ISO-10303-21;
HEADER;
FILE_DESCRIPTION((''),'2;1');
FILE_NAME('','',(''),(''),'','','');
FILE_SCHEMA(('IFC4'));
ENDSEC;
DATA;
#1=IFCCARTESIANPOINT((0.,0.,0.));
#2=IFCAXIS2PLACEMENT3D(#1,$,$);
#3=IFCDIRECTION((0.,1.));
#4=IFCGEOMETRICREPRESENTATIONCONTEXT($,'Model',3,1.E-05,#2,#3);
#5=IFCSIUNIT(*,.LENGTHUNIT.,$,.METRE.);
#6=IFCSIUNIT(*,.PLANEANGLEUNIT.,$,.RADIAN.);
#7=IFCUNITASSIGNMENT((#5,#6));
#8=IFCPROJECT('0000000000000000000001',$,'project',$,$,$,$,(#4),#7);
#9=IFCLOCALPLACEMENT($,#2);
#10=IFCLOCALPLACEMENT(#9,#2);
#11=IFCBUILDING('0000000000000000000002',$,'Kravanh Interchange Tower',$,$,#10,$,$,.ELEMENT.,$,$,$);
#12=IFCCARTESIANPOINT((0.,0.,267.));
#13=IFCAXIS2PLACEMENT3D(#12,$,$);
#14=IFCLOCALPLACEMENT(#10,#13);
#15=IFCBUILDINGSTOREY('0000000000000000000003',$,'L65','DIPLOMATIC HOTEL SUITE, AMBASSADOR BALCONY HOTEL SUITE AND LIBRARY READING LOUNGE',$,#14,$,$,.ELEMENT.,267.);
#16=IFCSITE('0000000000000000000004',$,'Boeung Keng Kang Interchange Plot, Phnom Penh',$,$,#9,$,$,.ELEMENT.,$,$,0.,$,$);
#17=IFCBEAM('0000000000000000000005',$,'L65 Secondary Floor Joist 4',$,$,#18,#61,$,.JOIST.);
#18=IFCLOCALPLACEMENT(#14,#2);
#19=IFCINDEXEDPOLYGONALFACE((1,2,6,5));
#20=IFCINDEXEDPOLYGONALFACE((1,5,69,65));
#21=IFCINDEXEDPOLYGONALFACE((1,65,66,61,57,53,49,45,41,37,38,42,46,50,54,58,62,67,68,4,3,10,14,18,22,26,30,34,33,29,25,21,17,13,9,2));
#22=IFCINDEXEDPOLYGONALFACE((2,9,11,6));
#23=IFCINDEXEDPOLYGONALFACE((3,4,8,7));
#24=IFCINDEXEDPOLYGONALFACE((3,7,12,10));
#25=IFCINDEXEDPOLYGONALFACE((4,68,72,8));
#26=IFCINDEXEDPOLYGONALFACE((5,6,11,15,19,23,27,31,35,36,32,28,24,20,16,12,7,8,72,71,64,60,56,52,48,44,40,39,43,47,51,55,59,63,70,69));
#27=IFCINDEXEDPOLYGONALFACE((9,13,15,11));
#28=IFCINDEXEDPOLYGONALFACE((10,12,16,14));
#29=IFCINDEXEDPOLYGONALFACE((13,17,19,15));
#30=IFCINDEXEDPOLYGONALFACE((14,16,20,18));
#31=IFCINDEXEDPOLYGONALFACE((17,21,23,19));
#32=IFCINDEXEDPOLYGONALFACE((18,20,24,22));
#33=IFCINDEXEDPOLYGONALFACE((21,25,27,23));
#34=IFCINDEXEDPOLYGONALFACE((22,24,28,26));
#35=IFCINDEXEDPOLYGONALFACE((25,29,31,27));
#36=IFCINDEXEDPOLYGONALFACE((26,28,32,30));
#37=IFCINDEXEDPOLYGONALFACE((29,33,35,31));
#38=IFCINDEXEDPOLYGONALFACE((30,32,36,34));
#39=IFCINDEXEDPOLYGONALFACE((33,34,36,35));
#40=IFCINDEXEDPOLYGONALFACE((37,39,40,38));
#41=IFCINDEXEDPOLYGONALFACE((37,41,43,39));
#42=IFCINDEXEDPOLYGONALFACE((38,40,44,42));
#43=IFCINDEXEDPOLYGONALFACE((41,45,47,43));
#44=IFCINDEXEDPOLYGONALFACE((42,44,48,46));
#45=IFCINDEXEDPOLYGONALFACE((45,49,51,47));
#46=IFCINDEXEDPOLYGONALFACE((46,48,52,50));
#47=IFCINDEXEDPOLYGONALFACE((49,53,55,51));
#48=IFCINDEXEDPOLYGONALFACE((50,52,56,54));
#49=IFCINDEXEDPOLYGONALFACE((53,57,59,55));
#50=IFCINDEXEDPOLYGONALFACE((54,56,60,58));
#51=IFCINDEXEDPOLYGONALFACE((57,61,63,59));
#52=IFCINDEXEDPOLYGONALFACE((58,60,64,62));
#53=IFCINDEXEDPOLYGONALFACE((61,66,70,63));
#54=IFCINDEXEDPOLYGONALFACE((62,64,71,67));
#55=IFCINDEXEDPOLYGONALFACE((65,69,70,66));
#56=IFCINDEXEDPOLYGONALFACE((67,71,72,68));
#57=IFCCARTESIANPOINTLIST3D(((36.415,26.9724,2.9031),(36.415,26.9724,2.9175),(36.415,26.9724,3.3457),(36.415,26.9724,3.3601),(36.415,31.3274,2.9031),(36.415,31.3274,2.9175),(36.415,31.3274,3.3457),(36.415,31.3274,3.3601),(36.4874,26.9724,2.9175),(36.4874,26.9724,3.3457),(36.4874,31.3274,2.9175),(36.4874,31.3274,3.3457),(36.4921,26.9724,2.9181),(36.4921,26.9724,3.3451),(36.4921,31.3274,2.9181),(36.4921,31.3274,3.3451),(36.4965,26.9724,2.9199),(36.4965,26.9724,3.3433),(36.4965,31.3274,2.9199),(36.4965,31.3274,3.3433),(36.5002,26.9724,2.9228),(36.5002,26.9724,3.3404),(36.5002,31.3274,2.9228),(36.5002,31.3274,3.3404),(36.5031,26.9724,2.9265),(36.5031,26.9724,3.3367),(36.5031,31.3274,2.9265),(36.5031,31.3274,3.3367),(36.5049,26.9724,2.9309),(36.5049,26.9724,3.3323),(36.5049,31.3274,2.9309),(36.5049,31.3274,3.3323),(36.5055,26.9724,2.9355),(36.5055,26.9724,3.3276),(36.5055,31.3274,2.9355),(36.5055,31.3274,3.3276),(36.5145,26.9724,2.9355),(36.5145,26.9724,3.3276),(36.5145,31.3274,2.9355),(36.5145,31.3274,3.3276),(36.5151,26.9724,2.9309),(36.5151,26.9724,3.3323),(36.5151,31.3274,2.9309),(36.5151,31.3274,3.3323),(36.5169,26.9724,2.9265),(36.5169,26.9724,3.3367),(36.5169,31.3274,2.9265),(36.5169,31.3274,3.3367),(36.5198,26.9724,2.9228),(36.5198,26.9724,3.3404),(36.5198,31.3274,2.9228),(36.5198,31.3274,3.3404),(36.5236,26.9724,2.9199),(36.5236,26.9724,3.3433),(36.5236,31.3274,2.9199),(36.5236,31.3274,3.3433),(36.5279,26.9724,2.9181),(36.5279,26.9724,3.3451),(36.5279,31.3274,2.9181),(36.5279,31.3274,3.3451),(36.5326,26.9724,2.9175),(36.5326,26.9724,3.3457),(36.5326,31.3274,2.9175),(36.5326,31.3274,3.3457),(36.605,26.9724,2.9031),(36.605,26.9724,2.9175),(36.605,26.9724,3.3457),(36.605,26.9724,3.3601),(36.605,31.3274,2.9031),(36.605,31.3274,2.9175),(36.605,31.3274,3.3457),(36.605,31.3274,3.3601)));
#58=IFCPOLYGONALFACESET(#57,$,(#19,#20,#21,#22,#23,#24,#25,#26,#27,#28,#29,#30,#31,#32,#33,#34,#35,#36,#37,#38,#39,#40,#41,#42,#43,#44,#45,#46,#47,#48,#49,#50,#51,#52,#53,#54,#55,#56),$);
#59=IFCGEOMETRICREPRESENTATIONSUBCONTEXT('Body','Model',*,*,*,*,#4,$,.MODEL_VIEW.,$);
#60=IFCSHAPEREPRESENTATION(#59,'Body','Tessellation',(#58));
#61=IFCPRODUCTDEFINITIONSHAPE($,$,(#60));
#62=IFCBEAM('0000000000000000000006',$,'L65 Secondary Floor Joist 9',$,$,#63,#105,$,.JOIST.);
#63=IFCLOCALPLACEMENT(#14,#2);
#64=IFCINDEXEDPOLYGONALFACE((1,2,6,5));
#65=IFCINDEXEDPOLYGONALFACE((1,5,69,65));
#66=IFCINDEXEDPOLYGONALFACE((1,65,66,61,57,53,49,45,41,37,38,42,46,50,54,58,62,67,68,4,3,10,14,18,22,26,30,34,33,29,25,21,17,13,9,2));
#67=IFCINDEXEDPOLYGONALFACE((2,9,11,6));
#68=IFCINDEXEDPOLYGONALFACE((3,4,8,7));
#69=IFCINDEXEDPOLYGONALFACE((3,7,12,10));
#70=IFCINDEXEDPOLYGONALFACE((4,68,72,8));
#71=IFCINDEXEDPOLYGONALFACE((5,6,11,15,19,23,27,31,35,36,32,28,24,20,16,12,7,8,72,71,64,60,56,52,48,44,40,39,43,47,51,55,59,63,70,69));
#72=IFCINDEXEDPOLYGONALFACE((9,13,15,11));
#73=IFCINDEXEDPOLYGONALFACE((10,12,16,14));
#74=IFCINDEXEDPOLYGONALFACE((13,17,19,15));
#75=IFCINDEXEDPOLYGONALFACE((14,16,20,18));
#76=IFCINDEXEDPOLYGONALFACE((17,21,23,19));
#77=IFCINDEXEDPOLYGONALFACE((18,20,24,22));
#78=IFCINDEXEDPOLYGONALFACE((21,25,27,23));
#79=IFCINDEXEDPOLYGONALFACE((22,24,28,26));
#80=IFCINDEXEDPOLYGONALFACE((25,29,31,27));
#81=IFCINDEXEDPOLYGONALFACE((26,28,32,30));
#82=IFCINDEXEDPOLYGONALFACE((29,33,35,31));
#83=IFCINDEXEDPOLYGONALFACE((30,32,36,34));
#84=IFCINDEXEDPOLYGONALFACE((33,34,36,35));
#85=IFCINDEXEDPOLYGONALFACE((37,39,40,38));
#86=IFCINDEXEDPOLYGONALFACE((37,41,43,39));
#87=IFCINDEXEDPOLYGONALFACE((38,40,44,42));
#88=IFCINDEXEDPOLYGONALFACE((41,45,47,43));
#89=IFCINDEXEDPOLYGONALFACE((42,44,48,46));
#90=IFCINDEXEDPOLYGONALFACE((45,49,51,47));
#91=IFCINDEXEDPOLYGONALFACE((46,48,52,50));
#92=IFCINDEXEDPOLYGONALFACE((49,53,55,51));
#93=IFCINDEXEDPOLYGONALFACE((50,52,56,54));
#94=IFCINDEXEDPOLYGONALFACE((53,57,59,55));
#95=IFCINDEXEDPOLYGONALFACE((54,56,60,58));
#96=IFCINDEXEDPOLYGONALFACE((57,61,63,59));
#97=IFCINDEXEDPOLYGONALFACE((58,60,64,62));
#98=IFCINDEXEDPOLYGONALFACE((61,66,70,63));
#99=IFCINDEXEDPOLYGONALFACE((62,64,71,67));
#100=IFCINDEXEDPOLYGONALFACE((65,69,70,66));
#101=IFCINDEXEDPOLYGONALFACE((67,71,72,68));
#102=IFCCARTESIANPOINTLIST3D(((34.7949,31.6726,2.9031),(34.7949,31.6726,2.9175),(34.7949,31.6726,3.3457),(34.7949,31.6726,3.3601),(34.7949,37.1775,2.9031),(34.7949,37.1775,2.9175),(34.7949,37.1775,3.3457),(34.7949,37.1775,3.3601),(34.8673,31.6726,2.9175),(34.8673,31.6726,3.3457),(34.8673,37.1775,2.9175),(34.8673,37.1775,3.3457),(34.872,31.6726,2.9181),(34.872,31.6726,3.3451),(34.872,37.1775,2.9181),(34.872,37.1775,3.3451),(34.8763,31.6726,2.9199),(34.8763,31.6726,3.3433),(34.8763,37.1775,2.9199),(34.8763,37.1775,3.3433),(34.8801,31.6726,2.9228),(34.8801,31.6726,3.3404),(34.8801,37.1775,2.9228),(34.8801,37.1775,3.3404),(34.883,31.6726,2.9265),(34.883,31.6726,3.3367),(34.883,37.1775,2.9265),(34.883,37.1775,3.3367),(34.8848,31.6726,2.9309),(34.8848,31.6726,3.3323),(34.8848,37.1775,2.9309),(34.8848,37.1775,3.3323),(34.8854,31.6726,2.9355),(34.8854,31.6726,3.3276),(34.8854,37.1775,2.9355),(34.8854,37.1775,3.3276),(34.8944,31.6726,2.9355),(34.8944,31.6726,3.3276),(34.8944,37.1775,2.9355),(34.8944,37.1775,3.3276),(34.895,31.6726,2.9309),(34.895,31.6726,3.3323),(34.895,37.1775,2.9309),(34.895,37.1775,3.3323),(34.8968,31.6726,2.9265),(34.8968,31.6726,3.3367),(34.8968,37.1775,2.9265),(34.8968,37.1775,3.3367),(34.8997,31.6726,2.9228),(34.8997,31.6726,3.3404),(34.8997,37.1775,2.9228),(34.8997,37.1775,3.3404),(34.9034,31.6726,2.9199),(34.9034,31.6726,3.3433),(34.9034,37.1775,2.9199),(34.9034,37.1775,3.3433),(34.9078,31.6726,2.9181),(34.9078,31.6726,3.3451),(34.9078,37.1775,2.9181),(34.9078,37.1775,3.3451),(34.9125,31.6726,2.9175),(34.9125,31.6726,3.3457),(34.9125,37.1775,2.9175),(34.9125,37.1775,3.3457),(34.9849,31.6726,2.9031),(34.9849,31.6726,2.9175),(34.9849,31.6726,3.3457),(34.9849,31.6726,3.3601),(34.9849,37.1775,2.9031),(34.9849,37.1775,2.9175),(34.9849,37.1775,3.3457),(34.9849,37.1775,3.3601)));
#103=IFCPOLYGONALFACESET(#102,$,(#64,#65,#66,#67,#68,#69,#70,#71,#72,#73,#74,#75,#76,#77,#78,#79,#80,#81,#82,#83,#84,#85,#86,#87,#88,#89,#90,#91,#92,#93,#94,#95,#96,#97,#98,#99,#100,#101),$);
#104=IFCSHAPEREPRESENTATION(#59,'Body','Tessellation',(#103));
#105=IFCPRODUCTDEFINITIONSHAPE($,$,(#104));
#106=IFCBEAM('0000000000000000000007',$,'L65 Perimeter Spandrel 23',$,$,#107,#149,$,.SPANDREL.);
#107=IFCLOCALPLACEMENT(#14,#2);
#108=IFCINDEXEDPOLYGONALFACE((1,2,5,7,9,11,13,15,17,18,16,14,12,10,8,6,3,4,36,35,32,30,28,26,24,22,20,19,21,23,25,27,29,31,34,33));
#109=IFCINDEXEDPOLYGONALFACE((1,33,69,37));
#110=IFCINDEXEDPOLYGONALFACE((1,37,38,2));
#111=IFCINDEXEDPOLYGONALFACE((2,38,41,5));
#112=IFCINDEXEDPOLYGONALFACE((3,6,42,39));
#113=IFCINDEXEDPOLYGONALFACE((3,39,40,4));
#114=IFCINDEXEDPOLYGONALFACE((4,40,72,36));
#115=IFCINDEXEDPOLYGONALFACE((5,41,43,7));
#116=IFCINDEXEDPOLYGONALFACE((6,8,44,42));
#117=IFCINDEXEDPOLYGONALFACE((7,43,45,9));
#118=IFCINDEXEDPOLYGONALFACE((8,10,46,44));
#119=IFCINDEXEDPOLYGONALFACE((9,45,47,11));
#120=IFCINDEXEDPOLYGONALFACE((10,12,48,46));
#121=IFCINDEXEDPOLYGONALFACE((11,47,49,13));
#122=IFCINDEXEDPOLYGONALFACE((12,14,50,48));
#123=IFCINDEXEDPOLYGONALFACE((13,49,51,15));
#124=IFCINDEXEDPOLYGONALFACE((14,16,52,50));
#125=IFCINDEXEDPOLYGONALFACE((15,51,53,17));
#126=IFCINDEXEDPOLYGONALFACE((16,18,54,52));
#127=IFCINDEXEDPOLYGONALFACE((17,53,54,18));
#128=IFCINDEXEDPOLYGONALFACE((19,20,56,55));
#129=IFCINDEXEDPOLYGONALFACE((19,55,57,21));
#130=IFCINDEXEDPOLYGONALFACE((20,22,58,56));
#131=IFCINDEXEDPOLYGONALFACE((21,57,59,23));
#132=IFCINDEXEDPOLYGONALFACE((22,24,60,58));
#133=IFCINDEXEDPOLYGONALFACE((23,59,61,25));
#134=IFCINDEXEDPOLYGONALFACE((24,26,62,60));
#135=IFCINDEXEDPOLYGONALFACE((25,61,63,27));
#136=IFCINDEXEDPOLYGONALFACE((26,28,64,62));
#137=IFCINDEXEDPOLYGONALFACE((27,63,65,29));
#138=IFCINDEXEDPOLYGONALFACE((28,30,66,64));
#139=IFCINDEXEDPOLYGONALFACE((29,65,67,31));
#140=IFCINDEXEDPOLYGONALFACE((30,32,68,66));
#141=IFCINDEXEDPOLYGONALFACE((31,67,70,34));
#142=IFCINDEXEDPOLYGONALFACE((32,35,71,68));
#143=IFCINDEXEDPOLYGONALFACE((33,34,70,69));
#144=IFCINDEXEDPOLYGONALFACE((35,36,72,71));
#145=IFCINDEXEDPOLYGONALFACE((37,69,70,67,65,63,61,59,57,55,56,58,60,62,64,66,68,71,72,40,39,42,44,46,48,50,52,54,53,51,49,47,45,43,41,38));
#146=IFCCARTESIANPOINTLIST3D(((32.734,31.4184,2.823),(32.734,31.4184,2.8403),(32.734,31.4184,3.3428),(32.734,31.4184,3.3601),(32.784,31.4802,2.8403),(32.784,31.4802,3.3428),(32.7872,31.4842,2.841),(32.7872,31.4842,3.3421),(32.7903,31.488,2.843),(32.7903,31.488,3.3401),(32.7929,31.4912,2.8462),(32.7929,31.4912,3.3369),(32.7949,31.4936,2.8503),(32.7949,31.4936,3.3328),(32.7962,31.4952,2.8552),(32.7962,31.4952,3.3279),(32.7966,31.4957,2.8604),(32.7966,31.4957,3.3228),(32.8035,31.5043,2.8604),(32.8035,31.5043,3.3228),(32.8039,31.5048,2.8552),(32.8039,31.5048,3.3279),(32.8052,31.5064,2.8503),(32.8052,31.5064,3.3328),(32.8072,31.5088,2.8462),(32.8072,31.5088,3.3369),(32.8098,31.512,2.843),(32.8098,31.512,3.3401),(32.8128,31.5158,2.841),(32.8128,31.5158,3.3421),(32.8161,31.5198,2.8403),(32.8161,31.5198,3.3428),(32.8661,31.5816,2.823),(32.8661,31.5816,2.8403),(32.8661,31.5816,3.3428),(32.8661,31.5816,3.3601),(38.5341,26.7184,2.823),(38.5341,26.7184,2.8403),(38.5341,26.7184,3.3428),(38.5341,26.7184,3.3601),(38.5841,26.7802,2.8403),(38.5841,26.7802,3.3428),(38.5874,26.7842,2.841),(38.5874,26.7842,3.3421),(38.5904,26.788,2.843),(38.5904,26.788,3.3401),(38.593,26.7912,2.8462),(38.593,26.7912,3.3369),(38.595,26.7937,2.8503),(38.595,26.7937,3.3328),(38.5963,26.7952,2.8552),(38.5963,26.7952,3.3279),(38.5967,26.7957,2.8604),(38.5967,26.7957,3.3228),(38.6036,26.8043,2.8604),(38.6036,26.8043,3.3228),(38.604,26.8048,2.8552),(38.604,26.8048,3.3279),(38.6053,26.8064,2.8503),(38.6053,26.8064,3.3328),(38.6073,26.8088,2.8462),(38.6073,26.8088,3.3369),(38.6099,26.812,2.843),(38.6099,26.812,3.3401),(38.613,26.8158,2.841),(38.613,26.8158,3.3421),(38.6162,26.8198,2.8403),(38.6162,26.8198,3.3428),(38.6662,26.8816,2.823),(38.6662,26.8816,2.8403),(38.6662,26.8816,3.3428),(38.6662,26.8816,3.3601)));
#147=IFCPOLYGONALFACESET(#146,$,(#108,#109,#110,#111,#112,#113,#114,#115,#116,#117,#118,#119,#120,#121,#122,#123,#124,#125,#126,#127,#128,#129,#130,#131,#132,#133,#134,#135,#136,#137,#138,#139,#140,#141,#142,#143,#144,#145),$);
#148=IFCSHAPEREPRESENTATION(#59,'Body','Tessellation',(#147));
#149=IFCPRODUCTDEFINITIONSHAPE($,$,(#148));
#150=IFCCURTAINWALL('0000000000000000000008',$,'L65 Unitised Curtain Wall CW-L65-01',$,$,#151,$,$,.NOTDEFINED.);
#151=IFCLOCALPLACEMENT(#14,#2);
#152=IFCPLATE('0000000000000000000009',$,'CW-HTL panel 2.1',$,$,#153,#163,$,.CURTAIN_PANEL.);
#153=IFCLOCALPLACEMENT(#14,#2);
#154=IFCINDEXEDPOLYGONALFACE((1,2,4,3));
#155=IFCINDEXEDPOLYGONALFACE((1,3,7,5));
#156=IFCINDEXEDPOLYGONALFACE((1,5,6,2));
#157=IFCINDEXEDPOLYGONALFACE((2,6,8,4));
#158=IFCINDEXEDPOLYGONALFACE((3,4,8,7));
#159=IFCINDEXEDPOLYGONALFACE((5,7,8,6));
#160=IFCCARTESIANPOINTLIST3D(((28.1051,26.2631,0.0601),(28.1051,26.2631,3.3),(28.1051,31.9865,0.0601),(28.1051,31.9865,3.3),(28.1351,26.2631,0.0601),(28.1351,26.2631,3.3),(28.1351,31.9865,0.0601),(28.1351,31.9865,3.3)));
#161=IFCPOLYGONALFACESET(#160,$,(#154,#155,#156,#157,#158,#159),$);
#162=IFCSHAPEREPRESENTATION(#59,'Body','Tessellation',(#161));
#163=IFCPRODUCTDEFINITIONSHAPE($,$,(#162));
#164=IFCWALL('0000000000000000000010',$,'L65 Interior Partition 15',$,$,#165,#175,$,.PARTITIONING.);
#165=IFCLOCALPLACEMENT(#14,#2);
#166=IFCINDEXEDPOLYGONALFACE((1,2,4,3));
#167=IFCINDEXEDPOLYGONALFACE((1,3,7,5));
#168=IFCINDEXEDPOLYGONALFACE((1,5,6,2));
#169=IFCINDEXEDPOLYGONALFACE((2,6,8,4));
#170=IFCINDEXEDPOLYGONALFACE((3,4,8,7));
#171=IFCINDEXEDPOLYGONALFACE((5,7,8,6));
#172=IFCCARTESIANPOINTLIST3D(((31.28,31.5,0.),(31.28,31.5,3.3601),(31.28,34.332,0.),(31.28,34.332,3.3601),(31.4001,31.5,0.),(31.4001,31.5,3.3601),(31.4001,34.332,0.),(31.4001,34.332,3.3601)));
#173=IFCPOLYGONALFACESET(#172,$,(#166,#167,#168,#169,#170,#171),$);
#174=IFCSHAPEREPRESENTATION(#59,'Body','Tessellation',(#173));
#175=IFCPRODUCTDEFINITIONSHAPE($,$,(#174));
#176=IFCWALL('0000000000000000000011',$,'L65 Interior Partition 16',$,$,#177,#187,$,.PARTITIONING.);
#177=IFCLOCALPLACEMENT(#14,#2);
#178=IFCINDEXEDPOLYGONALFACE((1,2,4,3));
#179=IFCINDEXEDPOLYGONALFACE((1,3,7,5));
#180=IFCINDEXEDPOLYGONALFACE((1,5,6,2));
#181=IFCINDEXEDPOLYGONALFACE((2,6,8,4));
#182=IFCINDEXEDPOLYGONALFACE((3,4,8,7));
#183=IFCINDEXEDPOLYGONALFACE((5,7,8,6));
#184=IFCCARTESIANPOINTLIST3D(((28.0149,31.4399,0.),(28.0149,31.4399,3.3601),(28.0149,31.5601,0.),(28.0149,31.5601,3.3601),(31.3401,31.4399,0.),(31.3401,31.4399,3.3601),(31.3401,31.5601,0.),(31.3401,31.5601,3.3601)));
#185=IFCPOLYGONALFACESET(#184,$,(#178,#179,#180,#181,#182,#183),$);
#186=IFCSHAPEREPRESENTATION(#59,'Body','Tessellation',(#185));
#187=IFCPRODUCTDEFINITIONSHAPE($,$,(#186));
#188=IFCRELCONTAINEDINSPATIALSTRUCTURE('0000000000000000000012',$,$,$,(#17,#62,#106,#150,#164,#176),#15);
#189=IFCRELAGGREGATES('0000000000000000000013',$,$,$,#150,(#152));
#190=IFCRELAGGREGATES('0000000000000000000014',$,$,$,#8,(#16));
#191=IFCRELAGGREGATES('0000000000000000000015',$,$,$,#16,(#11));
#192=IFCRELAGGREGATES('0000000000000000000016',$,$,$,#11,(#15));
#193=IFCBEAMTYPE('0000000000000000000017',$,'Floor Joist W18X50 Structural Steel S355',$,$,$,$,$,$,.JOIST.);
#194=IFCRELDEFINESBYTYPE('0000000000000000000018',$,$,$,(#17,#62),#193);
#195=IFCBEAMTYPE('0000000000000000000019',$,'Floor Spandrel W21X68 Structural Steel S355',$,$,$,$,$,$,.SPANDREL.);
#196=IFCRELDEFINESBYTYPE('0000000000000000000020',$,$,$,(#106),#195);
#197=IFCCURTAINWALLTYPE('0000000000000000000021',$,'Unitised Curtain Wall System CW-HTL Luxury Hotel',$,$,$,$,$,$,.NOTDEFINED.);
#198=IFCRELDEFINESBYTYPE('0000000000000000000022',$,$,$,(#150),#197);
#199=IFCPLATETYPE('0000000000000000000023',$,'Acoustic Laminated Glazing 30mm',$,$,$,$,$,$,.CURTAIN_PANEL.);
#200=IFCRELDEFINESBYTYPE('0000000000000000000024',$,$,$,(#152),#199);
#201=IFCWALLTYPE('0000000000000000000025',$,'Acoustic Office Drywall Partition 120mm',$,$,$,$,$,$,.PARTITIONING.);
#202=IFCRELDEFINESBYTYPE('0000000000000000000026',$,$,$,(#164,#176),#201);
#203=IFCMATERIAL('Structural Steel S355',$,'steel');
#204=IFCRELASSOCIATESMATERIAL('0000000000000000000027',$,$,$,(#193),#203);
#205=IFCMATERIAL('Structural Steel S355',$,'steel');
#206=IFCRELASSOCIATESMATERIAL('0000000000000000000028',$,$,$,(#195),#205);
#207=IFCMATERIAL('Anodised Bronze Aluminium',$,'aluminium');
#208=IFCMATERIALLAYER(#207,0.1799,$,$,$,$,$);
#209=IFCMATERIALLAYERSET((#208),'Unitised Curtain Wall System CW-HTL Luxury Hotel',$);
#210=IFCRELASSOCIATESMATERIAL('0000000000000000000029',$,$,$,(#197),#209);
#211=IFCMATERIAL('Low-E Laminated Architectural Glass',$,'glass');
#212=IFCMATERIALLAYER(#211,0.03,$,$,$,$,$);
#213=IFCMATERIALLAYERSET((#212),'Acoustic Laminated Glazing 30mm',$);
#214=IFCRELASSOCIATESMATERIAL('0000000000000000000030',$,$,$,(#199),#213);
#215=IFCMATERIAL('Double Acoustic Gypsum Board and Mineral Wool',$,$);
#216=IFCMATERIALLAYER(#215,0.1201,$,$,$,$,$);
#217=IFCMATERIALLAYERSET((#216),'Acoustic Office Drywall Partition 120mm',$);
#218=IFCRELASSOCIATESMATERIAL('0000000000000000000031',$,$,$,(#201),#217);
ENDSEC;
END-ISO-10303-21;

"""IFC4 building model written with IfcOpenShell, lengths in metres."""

from ifc_helpers import new_model, si_unit, direction, frame, frame_2d, origin, origin_2d, place, context, subcontext, project, spatial, rectangle, i_section, extrude, material, layer, layer_set, material_profile, profile_set, type_object, element, aggregate, save


model = new_model("IFC4")

# Units and contexts
model_context = context("Model", 3, precision=1e-05, world=origin(), true_north=direction((0.0, 1.0)))
body_context = subcontext(model_context, "Body", "Model", "MODEL_VIEW")
ifc_project = project(units=[si_unit("LENGTHUNIT", "METRE"), si_unit("PLANEANGLEUNIT", "RADIAN")], contexts=[model_context])

# Site, building, storey
site_placement = place(None, origin())
site = spatial("IfcSite", under=ifc_project, at=site_placement, Name="Boeung Keng Kang Interchange Plot, Phnom Penh", CompositionType="ELEMENT", RefElevation=0.0)
building_placement = place(site_placement, origin())
building = spatial("IfcBuilding", under=site, at=building_placement, Name="Kravanh Interchange Tower", CompositionType="ELEMENT")
storey_placement = place(building_placement, frame((0.0, 0.0, 267.0)))
storey = spatial("IfcBuildingStorey", under=building, at=storey_placement, Name="L65", Description="DIPLOMATIC HOTEL SUITE, AMBASSADOR BALCONY HOTEL SUITE AND LIBRARY READING LOUNGE", CompositionType="ELEMENT", Elevation=267.0)

# Beams
ifc_material_1 = material(Name="Structural Steel S355", Category="steel")
ifc_material_profile_1 = material_profile(ifc_material_1, i_section(OverallWidth=0.1899, OverallDepth=0.457, WebThickness=0.009, FlangeThickness=0.0144, FilletRadius=0.0181, at=origin_2d()), Name="W18X50")
ifc_profile_set_1 = profile_set([ifc_material_profile_1], Name="Structural Steel S355")
beam_type_1 = type_object("IfcBeamType", Name="Floor Joist W18X50 Structural Steel S355", PredefinedType="JOIST", material=ifc_profile_set_1)
for number, where, z_axis, x_axis, name in (
    (1, (36.51, 26.9724, 3.1316), (0.0, 1.0, 0.0), (-1.0, 0.0, 0.0), "L65 Secondary Floor Joist 4"),
):
    element("IfcBeam", number, at=place(storey_placement, frame(where, z_axis=z_axis, x_axis=x_axis)), inside=storey, type_object=beam_type_1, Name=name, PredefinedType="JOIST", context=body_context, shape_type="SweptSolid", body=[
        extrude(i_section(OverallWidth=0.1899, OverallDepth=0.457, WebThickness=0.009, FlangeThickness=0.0144, FilletRadius=0.0181, at=origin_2d()), origin(), (0.0, 0.0, 1.0), 4.355),
    ])
beam_1_placement = place(storey_placement, frame((34.8899, 31.6726, 3.1316), z_axis=(0.0, 1.0, 0.0), x_axis=(-1.0, 0.0, 0.0)))
element("IfcBeam", 2, at=beam_1_placement, inside=storey, type_object=beam_type_1, Name="L65 Secondary Floor Joist 9", PredefinedType="JOIST", context=body_context, shape_type="SweptSolid", body=[
    extrude(i_section(OverallWidth=0.1899, OverallDepth=0.457, WebThickness=0.009, FlangeThickness=0.0144, FilletRadius=0.0181, at=origin_2d()), origin(), (0.0, 0.0, 1.0), 5.5049),
])
ifc_material_2 = material(Name="Structural Steel S355", Category="steel")
ifc_material_profile_2 = material_profile(ifc_material_2, i_section(OverallWidth=0.21, OverallDepth=0.5371, WebThickness=0.011, FlangeThickness=0.0173, FilletRadius=0.02, at=origin_2d()), Name="W21X68")
ifc_profile_set_2 = profile_set([ifc_material_profile_2], Name="Structural Steel S355")
beam_type_2 = type_object("IfcBeamType", Name="Floor Spandrel W21X68 Structural Steel S355", PredefinedType="SPANDREL", material=ifc_profile_set_2)
beam_2_placement = place(storey_placement, frame((32.8, 31.5, 3.0916), z_axis=(0.776939, -0.629576, 0.0), x_axis=(0.629576, 0.776939, 0.0)))
element("IfcBeam", 3, at=beam_2_placement, inside=storey, type_object=beam_type_2, Name="L65 Perimeter Spandrel 23", PredefinedType="SPANDREL", context=body_context, shape_type="SweptSolid", body=[
    extrude(i_section(OverallWidth=0.21, OverallDepth=0.5371, WebThickness=0.011, FlangeThickness=0.0173, FilletRadius=0.02, at=origin_2d()), origin(), (0.0, 0.0, 1.0), 7.4653),
])

# Curtain wall, plate
ifc_material_3 = material(Name="Anodised Bronze Aluminium", Category="aluminium")
ifc_layer_1 = layer(ifc_material_3, 0.1799)
ifc_layer_set_1 = layer_set([ifc_layer_1], Name="Unitised Curtain Wall System CW-HTL Luxury Hotel")
curtain_wall_type = type_object("IfcCurtainWallType", Name="Unitised Curtain Wall System CW-HTL Luxury Hotel", PredefinedType="NOTDEFINED", material=ifc_layer_set_1)
curtain_wall_placement = place(storey_placement, origin())
curtain_wall = element("IfcCurtainWall", 4, at=curtain_wall_placement, inside=storey, type_object=curtain_wall_type, Name="L65 Unitised Curtain Wall CW-L65-01", PredefinedType="NOTDEFINED")
ifc_material_4 = material(Name="Low-E Laminated Architectural Glass", Category="glass")
ifc_layer_2 = layer(ifc_material_4, 0.03)
ifc_layer_set_2 = layer_set([ifc_layer_2], Name="Acoustic Laminated Glazing 30mm")
plate_type = type_object("IfcPlateType", Name="Acoustic Laminated Glazing 30mm", PredefinedType="CURTAIN_PANEL", material=ifc_layer_set_2)
plate_placement = place(storey_placement, frame((28.1201, 29.1248, 0.0601), z_axis=(0.0, 0.0, 1.0), x_axis=(0.0, 1.0, 0.0)))
plate = element("IfcPlate", 5, at=plate_placement, type_object=plate_type, Name="CW-HTL panel 2.1", PredefinedType="CURTAIN_PANEL", context=body_context, shape_type="SweptSolid", body=[
    extrude(rectangle(XDim=5.7234, YDim=0.03, at=origin_2d()), origin(), (0.0, 0.0, 1.0), 3.24),
])
aggregate(curtain_wall, [plate])

# Walls
ifc_material_5 = material(Name="Double Acoustic Gypsum Board and Mineral Wool")
ifc_layer_3 = layer(ifc_material_5, 0.1201)
ifc_layer_set_3 = layer_set([ifc_layer_3], Name="Acoustic Office Drywall Partition 120mm")
wall_type_1 = type_object("IfcWallType", Name="Acoustic Office Drywall Partition 120mm", PredefinedType="PARTITIONING", material=ifc_layer_set_3)
wall_1_placement = place(storey_placement, frame((31.3401, 31.5, 0.0), z_axis=(0.0, 0.0, 1.0), x_axis=(0.0, 1.0, 0.0)))
element("IfcWall", 6, at=wall_1_placement, inside=storey, type_object=wall_type_1, Name="L65 Interior Partition 15", PredefinedType="PARTITIONING", context=body_context, shape_type="SweptSolid", body=[
    extrude(rectangle(XDim=2.832, YDim=0.1201, at=frame_2d((1.416, 0.0))), origin(), (0.0, 0.0, 1.0), 3.3601),
])
wall_2_placement = place(storey_placement, frame((28.0149, 31.5, 0.0), z_axis=(0.0, 0.0, 1.0), x_axis=(1.0, 0.0, 0.0)))
element("IfcWall", 7, at=wall_2_placement, inside=storey, type_object=wall_type_1, Name="L65 Interior Partition 16", PredefinedType="PARTITIONING", context=body_context, shape_type="SweptSolid", body=[
    extrude(rectangle(XDim=3.3252, YDim=0.1201, at=frame_2d((1.6626, 0.0))), origin(), (0.0, 0.0, 1.0), 3.3601),
])

save(model, "model.ifc")
